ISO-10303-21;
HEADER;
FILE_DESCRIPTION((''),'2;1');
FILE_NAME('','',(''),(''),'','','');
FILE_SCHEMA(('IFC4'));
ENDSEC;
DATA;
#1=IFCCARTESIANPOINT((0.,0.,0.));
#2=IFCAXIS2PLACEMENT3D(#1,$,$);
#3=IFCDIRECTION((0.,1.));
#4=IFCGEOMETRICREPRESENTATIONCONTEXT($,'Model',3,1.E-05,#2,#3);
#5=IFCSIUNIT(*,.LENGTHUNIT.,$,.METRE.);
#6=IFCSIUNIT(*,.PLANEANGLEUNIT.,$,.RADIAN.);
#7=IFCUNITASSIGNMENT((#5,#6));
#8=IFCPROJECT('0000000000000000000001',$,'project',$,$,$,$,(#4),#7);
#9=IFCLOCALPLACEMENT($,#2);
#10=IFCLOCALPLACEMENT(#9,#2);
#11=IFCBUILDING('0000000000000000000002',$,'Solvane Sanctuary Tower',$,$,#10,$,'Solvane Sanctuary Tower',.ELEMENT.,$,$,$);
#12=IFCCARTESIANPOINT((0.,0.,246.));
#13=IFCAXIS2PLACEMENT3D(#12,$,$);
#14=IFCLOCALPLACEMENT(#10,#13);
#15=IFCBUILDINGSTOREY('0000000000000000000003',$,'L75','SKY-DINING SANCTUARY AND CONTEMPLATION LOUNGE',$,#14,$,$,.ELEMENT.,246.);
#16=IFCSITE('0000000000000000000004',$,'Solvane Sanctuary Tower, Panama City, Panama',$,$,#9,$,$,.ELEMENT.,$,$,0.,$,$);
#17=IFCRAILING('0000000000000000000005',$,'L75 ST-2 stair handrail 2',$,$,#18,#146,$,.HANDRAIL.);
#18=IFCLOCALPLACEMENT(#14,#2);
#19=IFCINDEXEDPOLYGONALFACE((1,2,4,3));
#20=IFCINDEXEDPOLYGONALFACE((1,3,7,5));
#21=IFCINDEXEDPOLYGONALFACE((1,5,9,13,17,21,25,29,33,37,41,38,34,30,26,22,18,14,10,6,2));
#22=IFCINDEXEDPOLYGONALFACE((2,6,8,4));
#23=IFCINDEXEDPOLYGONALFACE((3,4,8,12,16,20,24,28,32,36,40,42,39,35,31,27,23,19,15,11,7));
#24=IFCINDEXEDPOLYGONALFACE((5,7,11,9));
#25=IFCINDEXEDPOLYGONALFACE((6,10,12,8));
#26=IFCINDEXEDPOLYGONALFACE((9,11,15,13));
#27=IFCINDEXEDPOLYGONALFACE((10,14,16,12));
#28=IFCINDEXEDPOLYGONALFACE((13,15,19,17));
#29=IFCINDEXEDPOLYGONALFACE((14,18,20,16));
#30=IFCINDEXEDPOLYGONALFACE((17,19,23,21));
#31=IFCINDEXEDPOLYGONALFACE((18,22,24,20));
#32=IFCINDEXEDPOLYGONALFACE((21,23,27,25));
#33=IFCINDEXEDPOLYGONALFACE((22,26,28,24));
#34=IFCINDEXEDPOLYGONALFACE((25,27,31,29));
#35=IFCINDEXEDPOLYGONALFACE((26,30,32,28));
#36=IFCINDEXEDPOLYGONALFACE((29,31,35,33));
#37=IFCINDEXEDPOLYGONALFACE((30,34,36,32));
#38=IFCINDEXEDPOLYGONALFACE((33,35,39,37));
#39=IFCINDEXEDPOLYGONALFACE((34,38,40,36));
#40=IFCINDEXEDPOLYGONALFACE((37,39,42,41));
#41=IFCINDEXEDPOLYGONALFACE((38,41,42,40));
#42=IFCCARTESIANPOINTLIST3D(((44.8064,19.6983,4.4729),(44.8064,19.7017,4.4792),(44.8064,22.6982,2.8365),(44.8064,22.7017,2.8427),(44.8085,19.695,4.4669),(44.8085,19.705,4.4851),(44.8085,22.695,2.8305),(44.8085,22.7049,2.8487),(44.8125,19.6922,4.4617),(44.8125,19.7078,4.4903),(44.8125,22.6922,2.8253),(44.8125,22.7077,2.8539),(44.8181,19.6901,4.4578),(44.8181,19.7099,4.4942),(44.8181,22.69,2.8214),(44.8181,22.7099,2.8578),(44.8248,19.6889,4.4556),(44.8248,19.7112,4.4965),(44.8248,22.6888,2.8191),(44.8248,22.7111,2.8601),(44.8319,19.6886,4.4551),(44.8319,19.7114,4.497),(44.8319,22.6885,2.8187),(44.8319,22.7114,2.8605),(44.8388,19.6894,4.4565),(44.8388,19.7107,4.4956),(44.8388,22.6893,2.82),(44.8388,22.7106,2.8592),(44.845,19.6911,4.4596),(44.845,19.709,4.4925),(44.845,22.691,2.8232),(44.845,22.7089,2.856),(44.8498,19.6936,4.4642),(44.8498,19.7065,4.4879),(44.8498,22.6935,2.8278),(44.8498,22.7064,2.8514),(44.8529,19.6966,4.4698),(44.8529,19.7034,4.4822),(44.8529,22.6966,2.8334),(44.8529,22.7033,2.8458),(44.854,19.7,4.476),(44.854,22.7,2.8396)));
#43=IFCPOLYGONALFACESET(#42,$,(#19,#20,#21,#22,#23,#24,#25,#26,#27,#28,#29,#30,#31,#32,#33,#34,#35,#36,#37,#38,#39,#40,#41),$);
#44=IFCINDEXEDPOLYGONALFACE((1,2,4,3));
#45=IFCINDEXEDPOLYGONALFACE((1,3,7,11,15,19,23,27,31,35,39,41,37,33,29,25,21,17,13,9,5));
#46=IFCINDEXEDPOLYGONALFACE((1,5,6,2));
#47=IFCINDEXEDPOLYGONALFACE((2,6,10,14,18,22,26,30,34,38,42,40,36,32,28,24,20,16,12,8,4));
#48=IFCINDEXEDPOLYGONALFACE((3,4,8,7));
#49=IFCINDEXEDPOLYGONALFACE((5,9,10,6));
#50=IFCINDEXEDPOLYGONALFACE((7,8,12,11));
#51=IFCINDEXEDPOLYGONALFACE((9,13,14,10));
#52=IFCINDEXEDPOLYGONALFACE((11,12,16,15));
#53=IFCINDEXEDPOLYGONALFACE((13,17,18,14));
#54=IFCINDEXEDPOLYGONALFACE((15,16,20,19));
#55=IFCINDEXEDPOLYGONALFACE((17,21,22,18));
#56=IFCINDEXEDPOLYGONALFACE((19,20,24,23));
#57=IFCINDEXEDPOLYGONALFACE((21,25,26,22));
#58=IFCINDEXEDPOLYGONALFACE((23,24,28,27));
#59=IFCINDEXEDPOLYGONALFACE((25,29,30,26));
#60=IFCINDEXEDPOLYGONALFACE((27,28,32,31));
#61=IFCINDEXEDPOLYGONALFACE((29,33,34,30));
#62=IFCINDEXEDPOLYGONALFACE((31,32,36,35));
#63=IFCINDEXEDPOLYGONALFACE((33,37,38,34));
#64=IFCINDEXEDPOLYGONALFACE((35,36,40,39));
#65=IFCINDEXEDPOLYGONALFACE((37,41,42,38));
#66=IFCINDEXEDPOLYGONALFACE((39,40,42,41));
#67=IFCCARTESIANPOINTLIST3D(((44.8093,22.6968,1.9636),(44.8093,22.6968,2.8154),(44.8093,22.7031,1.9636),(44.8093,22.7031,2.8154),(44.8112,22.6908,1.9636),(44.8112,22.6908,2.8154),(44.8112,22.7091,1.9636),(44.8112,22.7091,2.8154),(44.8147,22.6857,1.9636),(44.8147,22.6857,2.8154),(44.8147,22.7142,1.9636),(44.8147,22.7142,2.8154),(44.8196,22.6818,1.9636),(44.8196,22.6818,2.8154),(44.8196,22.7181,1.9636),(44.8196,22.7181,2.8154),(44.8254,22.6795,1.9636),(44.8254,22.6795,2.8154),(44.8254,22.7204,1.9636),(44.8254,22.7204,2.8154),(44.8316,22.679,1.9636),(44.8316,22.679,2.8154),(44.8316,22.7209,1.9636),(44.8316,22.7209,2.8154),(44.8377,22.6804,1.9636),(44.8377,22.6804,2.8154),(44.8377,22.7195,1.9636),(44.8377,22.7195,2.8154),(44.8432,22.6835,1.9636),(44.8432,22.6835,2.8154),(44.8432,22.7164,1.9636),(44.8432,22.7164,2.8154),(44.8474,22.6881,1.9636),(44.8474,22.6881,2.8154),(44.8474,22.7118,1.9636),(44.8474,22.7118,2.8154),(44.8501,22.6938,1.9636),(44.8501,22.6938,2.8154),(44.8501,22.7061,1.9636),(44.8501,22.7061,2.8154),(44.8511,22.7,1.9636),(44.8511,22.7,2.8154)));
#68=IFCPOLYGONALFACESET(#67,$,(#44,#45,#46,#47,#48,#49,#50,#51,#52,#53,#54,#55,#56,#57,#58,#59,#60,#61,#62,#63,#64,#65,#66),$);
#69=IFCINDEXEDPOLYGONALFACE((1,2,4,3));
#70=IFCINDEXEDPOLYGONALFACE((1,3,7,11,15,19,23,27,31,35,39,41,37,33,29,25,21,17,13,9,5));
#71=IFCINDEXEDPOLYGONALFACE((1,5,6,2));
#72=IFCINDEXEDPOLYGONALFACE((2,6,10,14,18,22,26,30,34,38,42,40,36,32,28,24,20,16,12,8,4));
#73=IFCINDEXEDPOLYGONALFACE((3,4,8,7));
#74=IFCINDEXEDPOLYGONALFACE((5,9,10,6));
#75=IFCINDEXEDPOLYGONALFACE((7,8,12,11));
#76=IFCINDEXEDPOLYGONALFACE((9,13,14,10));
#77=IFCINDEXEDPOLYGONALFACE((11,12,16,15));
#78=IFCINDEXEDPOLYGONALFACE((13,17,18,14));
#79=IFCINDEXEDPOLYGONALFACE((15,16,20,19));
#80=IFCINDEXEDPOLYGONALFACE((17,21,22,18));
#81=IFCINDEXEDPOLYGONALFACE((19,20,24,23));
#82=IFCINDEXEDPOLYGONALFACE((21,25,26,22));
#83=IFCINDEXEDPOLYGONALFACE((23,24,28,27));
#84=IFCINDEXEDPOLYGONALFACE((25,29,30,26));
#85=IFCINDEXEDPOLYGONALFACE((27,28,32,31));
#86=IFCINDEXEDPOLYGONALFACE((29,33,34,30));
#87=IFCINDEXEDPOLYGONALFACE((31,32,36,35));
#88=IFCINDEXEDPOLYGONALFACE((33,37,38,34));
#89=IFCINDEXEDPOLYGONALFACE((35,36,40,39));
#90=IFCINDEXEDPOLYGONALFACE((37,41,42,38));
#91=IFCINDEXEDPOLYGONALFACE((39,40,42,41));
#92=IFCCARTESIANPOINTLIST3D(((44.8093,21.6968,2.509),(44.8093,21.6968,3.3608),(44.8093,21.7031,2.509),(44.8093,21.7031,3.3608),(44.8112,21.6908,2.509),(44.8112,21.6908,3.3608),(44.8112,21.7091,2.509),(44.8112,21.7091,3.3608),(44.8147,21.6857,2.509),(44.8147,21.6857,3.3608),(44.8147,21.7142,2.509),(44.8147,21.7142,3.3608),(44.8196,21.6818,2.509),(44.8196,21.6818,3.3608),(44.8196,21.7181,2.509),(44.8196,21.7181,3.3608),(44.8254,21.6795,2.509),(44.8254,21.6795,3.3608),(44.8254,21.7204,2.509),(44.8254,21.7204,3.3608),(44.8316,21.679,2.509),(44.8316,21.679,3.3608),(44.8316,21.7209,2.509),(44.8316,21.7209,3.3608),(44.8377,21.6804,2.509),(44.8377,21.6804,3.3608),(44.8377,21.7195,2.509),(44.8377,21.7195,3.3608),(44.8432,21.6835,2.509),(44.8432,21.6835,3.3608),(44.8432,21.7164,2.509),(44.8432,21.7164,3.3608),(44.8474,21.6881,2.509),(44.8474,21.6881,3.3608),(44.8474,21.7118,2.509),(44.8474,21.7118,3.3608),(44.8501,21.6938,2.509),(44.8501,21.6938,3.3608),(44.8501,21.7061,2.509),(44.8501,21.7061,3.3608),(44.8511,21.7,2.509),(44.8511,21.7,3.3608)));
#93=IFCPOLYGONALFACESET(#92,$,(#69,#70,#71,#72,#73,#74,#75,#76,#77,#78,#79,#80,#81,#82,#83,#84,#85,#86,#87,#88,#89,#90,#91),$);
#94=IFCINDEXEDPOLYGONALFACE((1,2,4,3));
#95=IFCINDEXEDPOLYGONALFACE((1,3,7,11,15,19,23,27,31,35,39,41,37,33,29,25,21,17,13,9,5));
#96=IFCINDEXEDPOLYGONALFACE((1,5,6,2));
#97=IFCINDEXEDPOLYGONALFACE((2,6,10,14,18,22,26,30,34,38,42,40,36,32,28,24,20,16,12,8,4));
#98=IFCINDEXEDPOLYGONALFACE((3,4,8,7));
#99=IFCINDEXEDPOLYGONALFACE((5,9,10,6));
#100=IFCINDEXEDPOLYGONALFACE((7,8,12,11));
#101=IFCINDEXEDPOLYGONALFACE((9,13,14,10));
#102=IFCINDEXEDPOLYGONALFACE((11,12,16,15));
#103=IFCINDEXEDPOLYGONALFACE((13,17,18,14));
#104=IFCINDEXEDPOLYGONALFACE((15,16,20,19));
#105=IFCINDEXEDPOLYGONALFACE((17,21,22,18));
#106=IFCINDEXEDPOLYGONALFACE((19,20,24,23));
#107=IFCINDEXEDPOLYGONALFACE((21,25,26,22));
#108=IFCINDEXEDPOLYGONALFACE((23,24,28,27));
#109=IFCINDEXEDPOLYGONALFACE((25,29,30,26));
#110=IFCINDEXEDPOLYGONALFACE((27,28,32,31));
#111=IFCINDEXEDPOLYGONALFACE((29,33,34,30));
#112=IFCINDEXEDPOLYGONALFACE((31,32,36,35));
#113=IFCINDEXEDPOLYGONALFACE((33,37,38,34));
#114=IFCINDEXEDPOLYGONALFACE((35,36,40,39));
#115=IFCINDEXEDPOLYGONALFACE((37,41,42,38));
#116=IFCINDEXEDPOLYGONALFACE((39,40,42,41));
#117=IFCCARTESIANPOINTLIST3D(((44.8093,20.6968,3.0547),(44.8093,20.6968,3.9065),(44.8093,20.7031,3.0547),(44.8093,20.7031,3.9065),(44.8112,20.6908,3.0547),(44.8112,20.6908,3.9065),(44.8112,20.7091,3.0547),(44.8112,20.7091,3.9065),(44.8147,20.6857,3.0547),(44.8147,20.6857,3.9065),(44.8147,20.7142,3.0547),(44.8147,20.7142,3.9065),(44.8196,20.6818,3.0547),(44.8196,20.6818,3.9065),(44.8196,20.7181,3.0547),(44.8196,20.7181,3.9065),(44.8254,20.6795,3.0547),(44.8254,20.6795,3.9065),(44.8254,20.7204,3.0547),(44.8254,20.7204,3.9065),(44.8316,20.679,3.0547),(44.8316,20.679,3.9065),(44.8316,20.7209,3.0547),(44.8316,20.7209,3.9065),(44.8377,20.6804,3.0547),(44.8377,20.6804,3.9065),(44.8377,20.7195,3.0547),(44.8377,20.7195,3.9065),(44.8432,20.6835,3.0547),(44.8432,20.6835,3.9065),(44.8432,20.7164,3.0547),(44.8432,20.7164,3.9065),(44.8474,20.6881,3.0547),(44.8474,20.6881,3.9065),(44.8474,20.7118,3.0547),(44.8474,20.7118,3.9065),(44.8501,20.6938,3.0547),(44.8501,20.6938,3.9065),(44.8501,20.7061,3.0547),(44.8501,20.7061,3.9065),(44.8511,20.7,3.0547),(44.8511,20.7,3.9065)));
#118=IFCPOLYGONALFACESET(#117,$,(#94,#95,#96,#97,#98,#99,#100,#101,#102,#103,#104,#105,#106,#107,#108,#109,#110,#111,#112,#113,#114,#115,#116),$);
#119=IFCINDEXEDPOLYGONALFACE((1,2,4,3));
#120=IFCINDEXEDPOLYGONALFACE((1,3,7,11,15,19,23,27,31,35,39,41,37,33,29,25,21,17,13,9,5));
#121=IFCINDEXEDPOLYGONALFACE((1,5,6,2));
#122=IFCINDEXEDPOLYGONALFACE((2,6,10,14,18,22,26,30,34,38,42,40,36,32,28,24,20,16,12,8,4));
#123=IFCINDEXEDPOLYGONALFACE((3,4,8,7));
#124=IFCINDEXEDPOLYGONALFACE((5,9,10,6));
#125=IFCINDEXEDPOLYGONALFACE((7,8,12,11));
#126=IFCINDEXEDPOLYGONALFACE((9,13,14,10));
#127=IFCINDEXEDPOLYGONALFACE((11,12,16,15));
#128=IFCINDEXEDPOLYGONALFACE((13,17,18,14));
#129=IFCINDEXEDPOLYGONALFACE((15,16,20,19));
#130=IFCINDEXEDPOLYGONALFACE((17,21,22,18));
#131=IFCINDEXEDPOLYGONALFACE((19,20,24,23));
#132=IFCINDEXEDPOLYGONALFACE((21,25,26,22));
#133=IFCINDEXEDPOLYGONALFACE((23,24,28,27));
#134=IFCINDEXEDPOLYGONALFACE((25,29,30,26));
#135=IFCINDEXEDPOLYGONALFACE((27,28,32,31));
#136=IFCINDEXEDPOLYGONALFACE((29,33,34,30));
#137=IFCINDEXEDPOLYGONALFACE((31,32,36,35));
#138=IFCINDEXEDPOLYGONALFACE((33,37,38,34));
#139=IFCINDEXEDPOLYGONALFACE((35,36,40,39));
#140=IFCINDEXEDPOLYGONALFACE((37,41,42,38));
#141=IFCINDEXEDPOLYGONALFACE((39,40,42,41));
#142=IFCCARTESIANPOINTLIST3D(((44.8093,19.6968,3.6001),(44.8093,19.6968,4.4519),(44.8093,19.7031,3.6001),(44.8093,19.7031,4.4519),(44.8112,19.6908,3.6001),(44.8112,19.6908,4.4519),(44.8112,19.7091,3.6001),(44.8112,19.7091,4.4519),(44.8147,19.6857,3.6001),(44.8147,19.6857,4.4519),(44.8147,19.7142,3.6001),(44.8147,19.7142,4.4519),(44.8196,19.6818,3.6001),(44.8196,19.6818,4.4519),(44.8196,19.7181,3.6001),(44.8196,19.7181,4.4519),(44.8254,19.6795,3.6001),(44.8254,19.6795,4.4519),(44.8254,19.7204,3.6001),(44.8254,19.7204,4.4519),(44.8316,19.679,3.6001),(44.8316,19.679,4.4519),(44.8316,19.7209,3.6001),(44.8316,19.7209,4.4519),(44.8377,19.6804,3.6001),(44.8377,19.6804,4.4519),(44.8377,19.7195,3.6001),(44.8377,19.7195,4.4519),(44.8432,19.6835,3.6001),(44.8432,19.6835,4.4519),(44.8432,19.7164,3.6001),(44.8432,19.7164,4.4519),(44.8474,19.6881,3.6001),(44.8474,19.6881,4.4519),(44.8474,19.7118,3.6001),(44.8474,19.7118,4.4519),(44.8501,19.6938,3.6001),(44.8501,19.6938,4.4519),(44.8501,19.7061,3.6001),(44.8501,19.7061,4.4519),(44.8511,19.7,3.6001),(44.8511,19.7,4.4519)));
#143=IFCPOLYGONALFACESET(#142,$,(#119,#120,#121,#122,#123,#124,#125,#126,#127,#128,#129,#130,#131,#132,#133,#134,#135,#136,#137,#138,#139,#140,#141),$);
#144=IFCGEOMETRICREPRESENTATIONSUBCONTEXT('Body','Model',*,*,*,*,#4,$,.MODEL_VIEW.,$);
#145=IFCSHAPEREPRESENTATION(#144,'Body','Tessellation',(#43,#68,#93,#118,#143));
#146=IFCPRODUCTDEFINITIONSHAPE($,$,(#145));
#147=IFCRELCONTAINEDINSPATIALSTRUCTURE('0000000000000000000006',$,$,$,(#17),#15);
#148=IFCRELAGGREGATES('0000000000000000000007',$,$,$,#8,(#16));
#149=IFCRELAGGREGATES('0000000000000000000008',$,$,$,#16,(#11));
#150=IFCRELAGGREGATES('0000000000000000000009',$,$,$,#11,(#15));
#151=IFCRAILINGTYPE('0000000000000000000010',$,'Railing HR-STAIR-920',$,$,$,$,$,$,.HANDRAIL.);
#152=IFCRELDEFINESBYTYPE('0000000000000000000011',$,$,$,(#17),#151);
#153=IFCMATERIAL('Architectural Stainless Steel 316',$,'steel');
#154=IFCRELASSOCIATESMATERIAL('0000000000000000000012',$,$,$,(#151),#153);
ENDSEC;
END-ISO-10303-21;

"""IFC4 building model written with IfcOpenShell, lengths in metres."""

from ifc_helpers import new_model, si_unit, direction, frame, origin, origin_2d, place, context, subcontext, project, spatial, circle, extrude, material, type_object, element, save


model = new_model("IFC4")

# Units and contexts
model_context = context("Model", 3, precision=1e-05, world=origin(), true_north=direction((0.0, 1.0)))
body_context = subcontext(model_context, "Body", "Model", "MODEL_VIEW")
ifc_project = project(units=[si_unit("LENGTHUNIT", "METRE"), si_unit("PLANEANGLEUNIT", "RADIAN")], contexts=[model_context])

# Site, building, storey
site_placement = place(None, origin())
site = spatial("IfcSite", under=ifc_project, at=site_placement, Name="Solvane Sanctuary Tower, Panama City, Panama", CompositionType="ELEMENT", RefElevation=0.0)
building_placement = place(site_placement, origin())
building = spatial("IfcBuilding", under=site, at=building_placement, Name="Solvane Sanctuary Tower", LongName="Solvane Sanctuary Tower", CompositionType="ELEMENT")
storey_placement = place(building_placement, frame((0.0, 0.0, 246.0)))
storey = spatial("IfcBuildingStorey", under=building, at=storey_placement, Name="L75", Description="SKY-DINING SANCTUARY AND CONTEMPLATION LOUNGE", CompositionType="ELEMENT", Elevation=246.0)

# Railing
ifc_material_1 = material(Name="Architectural Stainless Steel 316", Category="steel")
railing_type_1 = type_object("IfcRailingType", Name="Railing HR-STAIR-920", PredefinedType="HANDRAIL", material=ifc_material_1)
railing_1_placement = place(storey_placement, frame((44.8301, 22.7, 1.9636)))
element("IfcRailing", 1, at=railing_1_placement, inside=storey, type_object=railing_type_1, Name="L75 ST-2 stair handrail 2", PredefinedType="HANDRAIL", context=body_context, shape_type="SweptSolid", body=[
    extrude(circle(Radius=0.0239, at=origin_2d()), frame((0.0, 0.0, 0.876), z_axis=(0.0, -0.877882, 0.478877), x_axis=(1.0, 0.0, 0.0)), (0.0, 0.0, 1.0), 3.4172),
    extrude(circle(Radius=0.021, at=origin_2d()), origin(), (0.0, 0.0, 1.0), 0.8518),
    extrude(circle(Radius=0.021, at=origin_2d()), frame((0.0, -1.0, 0.5454)), (0.0, 0.0, 1.0), 0.8518),
    extrude(circle(Radius=0.021, at=origin_2d()), frame((0.0, -2.0, 1.0911)), (0.0, 0.0, 1.0), 0.8518),
    extrude(circle(Radius=0.021, at=origin_2d()), frame((0.0, -3.0, 1.6365)), (0.0, 0.0, 1.0), 0.8518),
])

save(model, "model.ifc")
